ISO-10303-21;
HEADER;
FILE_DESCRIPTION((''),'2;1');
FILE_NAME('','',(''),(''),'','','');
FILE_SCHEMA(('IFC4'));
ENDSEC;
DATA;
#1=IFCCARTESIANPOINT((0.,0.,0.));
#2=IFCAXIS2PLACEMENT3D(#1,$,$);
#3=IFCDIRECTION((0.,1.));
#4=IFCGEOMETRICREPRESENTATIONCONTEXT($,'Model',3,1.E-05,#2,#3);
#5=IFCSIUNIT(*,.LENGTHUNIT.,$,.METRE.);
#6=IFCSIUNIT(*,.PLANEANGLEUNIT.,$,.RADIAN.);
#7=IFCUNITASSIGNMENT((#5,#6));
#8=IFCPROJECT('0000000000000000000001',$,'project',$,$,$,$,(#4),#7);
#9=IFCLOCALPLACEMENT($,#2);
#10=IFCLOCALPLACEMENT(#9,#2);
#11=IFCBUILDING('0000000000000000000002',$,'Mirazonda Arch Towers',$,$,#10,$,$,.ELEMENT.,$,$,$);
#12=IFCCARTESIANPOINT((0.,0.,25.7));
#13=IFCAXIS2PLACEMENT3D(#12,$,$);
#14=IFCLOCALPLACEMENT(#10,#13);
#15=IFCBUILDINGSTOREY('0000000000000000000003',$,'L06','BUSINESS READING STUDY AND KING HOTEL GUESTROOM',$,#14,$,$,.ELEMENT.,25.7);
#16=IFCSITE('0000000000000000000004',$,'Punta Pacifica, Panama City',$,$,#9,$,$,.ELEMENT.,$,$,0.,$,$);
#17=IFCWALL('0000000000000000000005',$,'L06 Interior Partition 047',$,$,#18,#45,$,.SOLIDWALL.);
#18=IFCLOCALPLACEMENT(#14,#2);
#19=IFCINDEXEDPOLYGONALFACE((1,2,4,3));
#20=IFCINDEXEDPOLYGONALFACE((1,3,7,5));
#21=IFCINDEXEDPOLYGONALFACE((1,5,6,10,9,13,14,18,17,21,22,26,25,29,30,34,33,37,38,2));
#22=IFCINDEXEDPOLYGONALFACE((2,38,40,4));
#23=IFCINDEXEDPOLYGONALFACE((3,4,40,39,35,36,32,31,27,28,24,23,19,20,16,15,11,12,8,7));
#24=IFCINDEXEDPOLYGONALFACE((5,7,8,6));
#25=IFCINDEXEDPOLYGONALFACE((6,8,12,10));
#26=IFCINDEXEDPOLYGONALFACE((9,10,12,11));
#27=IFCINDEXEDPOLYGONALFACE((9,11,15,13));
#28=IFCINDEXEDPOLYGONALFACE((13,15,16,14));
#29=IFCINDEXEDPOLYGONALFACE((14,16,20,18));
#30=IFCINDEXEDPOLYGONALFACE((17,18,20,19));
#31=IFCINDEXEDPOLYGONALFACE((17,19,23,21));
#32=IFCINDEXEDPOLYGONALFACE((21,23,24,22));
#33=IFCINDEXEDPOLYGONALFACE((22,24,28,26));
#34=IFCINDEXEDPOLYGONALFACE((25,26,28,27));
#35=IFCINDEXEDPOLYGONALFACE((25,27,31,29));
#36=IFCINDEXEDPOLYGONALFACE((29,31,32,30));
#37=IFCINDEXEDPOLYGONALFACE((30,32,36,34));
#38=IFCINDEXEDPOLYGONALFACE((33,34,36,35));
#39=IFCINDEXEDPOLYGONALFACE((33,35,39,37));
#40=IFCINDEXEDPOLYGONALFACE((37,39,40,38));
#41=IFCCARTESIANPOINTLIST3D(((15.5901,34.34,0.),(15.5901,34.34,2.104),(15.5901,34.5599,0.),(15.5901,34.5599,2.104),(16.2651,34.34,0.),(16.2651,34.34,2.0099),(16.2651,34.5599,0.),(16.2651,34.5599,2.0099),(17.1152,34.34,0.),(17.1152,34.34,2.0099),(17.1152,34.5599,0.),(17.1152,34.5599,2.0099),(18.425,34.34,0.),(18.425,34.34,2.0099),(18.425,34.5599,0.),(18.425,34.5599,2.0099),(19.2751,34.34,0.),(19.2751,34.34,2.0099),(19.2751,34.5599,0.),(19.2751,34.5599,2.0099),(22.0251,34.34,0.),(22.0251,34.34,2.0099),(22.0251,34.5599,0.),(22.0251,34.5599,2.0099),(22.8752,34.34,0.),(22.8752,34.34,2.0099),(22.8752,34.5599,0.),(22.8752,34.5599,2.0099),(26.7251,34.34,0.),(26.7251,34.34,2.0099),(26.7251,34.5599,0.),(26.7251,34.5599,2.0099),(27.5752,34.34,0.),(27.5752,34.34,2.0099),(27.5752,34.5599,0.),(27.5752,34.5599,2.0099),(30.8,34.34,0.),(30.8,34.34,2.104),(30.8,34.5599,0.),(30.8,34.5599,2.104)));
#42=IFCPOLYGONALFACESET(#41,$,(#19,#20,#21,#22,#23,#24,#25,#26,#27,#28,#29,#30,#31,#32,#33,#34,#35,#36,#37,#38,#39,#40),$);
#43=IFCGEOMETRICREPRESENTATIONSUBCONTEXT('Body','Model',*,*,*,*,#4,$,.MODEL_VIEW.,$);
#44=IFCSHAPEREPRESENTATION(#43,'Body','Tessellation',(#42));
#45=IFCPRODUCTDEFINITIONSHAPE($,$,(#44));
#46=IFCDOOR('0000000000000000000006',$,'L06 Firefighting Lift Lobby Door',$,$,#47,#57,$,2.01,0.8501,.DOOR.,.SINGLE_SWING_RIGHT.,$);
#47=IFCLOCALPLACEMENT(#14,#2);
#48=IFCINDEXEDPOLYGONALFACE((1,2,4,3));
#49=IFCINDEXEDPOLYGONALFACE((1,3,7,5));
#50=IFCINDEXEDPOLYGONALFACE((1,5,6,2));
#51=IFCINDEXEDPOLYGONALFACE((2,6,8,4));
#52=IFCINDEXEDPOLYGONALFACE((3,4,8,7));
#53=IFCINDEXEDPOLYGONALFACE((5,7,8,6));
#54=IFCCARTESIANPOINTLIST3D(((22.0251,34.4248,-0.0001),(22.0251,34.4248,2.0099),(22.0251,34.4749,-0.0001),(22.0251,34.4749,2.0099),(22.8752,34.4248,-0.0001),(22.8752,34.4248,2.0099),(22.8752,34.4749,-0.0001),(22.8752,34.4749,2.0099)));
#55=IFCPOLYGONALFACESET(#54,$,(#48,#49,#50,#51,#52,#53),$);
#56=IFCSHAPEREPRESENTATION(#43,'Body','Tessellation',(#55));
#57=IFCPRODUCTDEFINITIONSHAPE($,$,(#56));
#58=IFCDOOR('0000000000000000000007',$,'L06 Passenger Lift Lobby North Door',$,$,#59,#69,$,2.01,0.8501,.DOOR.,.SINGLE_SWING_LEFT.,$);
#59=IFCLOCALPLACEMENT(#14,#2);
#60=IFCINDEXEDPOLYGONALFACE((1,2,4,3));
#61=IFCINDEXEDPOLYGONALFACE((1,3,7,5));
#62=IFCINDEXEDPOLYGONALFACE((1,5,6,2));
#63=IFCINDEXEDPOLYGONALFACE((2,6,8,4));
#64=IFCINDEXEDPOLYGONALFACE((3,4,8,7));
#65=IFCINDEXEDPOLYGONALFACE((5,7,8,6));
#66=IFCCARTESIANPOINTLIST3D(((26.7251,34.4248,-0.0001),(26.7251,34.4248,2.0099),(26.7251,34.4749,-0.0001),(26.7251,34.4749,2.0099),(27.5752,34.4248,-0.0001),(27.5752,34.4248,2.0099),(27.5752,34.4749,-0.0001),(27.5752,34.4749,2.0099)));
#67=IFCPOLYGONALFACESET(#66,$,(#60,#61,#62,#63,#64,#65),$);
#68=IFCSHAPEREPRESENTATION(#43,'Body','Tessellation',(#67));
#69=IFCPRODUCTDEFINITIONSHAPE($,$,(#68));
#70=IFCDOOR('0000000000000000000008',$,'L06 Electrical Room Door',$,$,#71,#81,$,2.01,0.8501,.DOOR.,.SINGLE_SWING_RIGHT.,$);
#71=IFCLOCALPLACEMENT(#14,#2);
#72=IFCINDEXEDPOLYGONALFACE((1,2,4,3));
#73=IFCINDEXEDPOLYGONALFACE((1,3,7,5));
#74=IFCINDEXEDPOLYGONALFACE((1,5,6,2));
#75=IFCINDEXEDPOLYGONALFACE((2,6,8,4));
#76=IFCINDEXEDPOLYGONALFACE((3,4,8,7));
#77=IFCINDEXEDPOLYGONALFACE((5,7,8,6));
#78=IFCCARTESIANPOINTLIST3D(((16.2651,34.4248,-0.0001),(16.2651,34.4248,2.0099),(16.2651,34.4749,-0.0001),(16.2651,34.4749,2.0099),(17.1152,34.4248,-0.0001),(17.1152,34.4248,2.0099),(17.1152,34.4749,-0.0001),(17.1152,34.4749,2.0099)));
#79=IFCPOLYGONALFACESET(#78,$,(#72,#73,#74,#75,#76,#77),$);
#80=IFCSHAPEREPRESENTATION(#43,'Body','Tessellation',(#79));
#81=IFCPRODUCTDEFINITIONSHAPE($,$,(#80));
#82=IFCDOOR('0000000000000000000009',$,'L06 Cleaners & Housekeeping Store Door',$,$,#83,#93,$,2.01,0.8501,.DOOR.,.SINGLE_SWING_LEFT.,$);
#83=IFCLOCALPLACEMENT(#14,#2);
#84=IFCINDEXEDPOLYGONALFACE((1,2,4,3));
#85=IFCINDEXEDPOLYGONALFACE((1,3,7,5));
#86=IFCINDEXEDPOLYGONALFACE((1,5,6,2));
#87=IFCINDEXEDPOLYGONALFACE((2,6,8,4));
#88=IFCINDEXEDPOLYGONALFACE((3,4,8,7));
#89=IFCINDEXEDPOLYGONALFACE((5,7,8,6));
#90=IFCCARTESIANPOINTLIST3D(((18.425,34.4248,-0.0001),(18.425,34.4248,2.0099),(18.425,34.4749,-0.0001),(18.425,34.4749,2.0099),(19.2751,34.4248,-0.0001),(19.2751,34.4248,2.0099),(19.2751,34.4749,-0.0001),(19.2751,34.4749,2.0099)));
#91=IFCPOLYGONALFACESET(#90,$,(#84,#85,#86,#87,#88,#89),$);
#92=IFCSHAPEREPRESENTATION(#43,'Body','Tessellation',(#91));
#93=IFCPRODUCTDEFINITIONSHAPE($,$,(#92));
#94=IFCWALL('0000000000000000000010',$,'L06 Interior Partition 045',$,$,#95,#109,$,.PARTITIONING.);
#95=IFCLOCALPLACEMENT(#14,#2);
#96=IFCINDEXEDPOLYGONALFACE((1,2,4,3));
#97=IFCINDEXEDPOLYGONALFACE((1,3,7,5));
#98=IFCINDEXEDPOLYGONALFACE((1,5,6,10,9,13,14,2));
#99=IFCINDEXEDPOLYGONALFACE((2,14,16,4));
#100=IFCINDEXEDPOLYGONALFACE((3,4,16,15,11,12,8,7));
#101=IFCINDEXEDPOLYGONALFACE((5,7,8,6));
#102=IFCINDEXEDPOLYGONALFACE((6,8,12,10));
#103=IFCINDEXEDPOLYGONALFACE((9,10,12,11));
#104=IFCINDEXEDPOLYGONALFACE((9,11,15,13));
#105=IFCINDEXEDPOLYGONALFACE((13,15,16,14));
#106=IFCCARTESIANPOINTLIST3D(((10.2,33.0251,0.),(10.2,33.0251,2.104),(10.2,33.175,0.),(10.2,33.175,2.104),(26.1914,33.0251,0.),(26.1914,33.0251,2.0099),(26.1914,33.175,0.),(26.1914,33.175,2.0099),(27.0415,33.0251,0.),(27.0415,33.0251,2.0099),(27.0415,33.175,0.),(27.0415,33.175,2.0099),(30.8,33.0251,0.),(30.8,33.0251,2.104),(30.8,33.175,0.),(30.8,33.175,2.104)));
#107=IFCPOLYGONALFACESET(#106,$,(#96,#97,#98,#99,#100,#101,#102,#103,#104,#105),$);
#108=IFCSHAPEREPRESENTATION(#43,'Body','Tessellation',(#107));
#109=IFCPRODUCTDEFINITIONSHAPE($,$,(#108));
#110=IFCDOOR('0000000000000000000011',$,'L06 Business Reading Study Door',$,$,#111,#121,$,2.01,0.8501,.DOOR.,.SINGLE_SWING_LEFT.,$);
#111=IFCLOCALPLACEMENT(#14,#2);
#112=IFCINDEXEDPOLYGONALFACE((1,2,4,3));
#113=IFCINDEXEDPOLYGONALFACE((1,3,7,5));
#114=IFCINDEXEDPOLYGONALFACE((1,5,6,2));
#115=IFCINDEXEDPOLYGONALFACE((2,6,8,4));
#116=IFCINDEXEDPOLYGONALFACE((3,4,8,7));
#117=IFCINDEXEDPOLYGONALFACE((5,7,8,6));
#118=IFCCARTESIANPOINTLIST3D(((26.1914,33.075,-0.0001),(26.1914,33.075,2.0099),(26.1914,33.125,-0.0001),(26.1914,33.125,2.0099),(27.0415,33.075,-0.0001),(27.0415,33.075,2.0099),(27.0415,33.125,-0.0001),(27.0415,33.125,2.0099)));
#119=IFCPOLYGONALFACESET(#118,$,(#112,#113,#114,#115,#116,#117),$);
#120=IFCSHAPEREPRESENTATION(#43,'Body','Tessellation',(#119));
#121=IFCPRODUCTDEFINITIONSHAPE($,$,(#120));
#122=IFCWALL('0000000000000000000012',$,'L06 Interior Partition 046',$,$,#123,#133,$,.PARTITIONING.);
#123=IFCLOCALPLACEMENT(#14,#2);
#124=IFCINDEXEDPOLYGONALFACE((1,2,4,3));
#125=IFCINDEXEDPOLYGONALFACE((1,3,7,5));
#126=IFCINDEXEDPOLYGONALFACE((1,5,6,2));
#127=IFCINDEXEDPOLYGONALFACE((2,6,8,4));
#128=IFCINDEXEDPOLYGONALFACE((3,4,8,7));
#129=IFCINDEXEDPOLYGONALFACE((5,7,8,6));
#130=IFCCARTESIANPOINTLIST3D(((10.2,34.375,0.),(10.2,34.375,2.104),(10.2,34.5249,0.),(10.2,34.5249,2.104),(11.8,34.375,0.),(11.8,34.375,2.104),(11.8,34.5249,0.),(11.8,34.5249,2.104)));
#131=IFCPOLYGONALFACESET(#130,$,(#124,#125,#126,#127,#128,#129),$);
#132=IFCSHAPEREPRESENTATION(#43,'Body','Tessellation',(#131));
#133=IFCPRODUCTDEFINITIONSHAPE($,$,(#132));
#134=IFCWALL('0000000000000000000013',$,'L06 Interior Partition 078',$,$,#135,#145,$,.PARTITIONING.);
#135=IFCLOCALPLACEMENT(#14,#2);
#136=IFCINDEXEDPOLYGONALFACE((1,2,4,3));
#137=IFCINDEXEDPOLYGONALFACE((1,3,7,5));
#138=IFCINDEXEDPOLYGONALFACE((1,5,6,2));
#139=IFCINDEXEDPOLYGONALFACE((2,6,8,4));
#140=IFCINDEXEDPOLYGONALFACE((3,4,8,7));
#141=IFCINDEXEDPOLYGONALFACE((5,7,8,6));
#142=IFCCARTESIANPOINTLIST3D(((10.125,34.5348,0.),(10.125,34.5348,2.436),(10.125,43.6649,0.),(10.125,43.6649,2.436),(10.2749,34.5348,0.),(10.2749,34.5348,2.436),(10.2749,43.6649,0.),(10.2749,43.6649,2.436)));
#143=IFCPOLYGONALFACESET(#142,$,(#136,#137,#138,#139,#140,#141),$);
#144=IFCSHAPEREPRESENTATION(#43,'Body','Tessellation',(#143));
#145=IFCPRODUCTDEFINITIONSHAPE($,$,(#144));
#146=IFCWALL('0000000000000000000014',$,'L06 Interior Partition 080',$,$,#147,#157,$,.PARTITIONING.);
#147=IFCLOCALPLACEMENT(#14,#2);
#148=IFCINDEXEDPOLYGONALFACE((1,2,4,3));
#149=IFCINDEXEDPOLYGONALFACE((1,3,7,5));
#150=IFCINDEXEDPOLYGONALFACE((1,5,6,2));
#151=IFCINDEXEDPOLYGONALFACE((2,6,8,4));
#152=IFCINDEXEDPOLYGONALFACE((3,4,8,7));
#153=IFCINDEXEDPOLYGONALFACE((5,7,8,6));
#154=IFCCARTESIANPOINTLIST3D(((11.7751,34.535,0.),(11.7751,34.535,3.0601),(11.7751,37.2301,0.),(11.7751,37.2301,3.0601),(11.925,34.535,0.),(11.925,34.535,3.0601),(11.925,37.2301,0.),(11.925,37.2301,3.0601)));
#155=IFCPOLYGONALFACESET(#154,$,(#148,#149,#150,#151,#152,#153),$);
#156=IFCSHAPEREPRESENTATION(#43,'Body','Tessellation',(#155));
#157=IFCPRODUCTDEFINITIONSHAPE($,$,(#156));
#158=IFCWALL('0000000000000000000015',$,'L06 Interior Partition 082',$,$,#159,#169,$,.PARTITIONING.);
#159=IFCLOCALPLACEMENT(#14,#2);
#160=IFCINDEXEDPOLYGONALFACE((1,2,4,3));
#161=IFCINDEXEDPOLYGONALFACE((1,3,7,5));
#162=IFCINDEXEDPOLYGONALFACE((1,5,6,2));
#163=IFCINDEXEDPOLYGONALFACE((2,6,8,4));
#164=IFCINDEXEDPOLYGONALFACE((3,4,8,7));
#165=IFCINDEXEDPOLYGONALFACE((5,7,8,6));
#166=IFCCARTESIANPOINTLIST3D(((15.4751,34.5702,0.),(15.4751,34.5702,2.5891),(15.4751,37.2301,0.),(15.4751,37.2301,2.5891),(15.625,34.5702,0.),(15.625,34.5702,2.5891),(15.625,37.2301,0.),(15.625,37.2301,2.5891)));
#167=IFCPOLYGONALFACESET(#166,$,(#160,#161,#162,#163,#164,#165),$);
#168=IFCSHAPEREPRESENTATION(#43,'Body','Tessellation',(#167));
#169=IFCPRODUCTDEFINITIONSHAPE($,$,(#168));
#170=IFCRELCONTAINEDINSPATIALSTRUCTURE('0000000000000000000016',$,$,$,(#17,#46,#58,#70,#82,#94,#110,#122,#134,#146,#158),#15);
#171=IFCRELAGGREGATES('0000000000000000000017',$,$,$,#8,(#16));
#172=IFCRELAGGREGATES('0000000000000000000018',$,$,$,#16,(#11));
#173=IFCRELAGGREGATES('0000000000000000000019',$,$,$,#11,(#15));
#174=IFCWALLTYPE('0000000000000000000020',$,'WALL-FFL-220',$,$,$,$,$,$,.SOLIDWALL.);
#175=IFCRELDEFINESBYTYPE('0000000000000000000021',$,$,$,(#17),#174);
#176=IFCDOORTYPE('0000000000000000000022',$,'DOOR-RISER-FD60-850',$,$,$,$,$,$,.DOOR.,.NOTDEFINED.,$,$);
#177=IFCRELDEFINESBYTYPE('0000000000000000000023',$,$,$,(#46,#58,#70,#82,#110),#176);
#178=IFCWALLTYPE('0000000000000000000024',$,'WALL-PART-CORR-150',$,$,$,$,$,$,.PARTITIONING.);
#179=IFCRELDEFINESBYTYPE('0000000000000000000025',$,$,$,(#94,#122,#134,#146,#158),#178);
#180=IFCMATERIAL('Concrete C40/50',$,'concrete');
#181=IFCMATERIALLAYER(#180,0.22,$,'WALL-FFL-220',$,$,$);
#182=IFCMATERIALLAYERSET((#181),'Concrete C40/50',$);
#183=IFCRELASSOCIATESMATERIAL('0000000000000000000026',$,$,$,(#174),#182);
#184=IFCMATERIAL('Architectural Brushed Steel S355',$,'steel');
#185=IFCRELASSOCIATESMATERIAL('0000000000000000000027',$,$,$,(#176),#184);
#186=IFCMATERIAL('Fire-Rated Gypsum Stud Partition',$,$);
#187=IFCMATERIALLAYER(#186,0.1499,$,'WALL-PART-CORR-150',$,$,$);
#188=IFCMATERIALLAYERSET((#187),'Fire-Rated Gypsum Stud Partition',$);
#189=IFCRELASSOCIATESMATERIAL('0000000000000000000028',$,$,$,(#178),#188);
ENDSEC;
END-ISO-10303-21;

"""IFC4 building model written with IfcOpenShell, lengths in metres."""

from ifc_helpers import new_model, si_unit, direction, frame, frame_2d, origin, place, context, subcontext, project, spatial, rectangle, extrude, material, layer, layer_set, type_object, element, fill, save


model = new_model("IFC4")

# Units and contexts
model_context = context("Model", 3, precision=1e-05, world=origin(), true_north=direction((0.0, 1.0)))
body_context = subcontext(model_context, "Body", "Model", "MODEL_VIEW")
ifc_project = project(units=[si_unit("LENGTHUNIT", "METRE"), si_unit("PLANEANGLEUNIT", "RADIAN")], contexts=[model_context])

# Site, building, storey
site_placement = place(None, origin())
site = spatial("IfcSite", under=ifc_project, at=site_placement, Name="Punta Pacifica, Panama City", CompositionType="ELEMENT", RefElevation=0.0)
building_placement = place(site_placement, origin())
building = spatial("IfcBuilding", under=site, at=building_placement, Name="Mirazonda Arch Towers", CompositionType="ELEMENT")
storey_placement = place(building_placement, frame((0.0, 0.0, 25.7)))
storey = spatial("IfcBuildingStorey", under=building, at=storey_placement, Name="L06", Description="BUSINESS READING STUDY AND KING HOTEL GUESTROOM", CompositionType="ELEMENT", Elevation=25.7)

# Wall, openings, doors
ifc_material_1 = material(Name="Architectural Brushed Steel S355", Category="steel")
ifc_material_2 = material(Name="Concrete C40/50", Category="concrete")
ifc_layer_1 = layer(ifc_material_2, 0.22, Name="WALL-FFL-220")
ifc_layer_set_1 = layer_set([ifc_layer_1], Name="Concrete C40/50")
wall_type_1 = type_object("IfcWallType", Name="WALL-FFL-220", PredefinedType="SOLIDWALL", material=ifc_layer_set_1)
wall_1_placement = place(storey_placement, frame((15.5901, 34.45, 0.0), z_axis=(0.0, 0.0, 1.0), x_axis=(1.0, 0.0, 0.0)))
wall_1 = element("IfcWall", 1, at=wall_1_placement, inside=storey, type_object=wall_type_1, Name="L06 Interior Partition 047", PredefinedType="SOLIDWALL", context=body_context, shape_type="SweptSolid", body=[
    extrude(rectangle(XDim=15.21, YDim=0.22, at=frame_2d((7.605, 0.0))), origin(), (0.0, 0.0, 1.0), 2.104),
])
opening_1_placement = place(wall_1_placement, frame((6.4351, 0.0, 0.0)))
opening_1 = element("IfcOpeningElement", 2, at=opening_1_placement, cuts=wall_1, PredefinedType="OPENING", context=body_context, shape_type="SweptSolid", body=[
    extrude(rectangle(XDim=0.8501, YDim=2.01, at=frame_2d((0.425, 1.0049))), frame((0.0, 0.1199, 0.0), z_axis=(0.0, -1.0, 0.0), x_axis=(1.0, 0.0, 0.0)), (0.0, 0.0, 1.0), 0.24),
])
opening_2_placement = place(wall_1_placement, frame((11.135, 0.0, 0.0)))
opening_2 = element("IfcOpeningElement", 3, at=opening_2_placement, cuts=wall_1, PredefinedType="OPENING", context=body_context, shape_type="SweptSolid", body=[
    extrude(rectangle(XDim=0.8501, YDim=2.01, at=frame_2d((0.425, 1.0049))), frame((0.0, 0.1199, 0.0), z_axis=(0.0, -1.0, 0.0), x_axis=(1.0, 0.0, 0.0)), (0.0, 0.0, 1.0), 0.24),
])
opening_3_placement = place(wall_1_placement, frame((0.675, 0.0, 0.0)))
opening_3 = element("IfcOpeningElement", 4, at=opening_3_placement, cuts=wall_1, PredefinedType="OPENING", context=body_context, shape_type="SweptSolid", body=[
    extrude(rectangle(XDim=0.8501, YDim=2.01, at=frame_2d((0.425, 1.0049))), frame((0.0, 0.1199, 0.0), z_axis=(0.0, -1.0, 0.0), x_axis=(1.0, 0.0, 0.0)), (0.0, 0.0, 1.0), 0.24),
])
opening_4_placement = place(wall_1_placement, frame((2.835, 0.0, 0.0)))
opening_4 = element("IfcOpeningElement", 5, at=opening_4_placement, cuts=wall_1, PredefinedType="OPENING", context=body_context, shape_type="SweptSolid", body=[
    extrude(rectangle(XDim=0.8501, YDim=2.01, at=frame_2d((0.425, 1.0049))), frame((0.0, 0.1199, 0.0), z_axis=(0.0, -1.0, 0.0), x_axis=(1.0, 0.0, 0.0)), (0.0, 0.0, 1.0), 0.24),
])
door_type_1 = type_object("IfcDoorType", Name="DOOR-RISER-FD60-850", OperationType="NOTDEFINED", PredefinedType="DOOR", material=ifc_material_1)
door_1_placement = place(opening_1_placement, origin())
door_1 = element("IfcDoor", 6, at=door_1_placement, inside=storey, type_object=door_type_1, Name="L06 Firefighting Lift Lobby Door", OperationType="SINGLE_SWING_RIGHT", OverallHeight=2.01, OverallWidth=0.8501, PredefinedType="DOOR", context=body_context, shape_type="SweptSolid", body=[
    extrude(rectangle(XDim=0.8501, YDim=2.01, at=frame_2d((0.425, 1.0049))), frame((0.0, 0.0249, 0.0), z_axis=(0.0, -1.0, 0.0), x_axis=(1.0, 0.0, 0.0)), (0.0, 0.0, 1.0), 0.05),
])
fill(opening_1, door_1)
door_2_placement = place(opening_2_placement, origin())
door_2 = element("IfcDoor", 7, at=door_2_placement, inside=storey, type_object=door_type_1, Name="L06 Passenger Lift Lobby North Door", OperationType="SINGLE_SWING_LEFT", OverallHeight=2.01, OverallWidth=0.8501, PredefinedType="DOOR", context=body_context, shape_type="SweptSolid", body=[
    extrude(rectangle(XDim=0.8501, YDim=2.01, at=frame_2d((0.425, 1.0049))), frame((0.0, 0.0249, 0.0), z_axis=(0.0, -1.0, 0.0), x_axis=(1.0, 0.0, 0.0)), (0.0, 0.0, 1.0), 0.05),
])
fill(opening_2, door_2)
door_3_placement = place(opening_3_placement, origin())
door_3 = element("IfcDoor", 8, at=door_3_placement, inside=storey, type_object=door_type_1, Name="L06 Electrical Room Door", OperationType="SINGLE_SWING_RIGHT", OverallHeight=2.01, OverallWidth=0.8501, PredefinedType="DOOR", context=body_context, shape_type="SweptSolid", body=[
    extrude(rectangle(XDim=0.8501, YDim=2.01, at=frame_2d((0.425, 1.0049))), frame((0.0, 0.0249, 0.0), z_axis=(0.0, -1.0, 0.0), x_axis=(1.0, 0.0, 0.0)), (0.0, 0.0, 1.0), 0.05),
])
fill(opening_3, door_3)
door_4_placement = place(opening_4_placement, origin())
door_4 = element("IfcDoor", 9, at=door_4_placement, inside=storey, type_object=door_type_1, Name="L06 Cleaners & Housekeeping Store Door", OperationType="SINGLE_SWING_LEFT", OverallHeight=2.01, OverallWidth=0.8501, PredefinedType="DOOR", context=body_context, shape_type="SweptSolid", body=[
    extrude(rectangle(XDim=0.8501, YDim=2.01, at=frame_2d((0.425, 1.0049))), frame((0.0, 0.0249, 0.0), z_axis=(0.0, -1.0, 0.0), x_axis=(1.0, 0.0, 0.0)), (0.0, 0.0, 1.0), 0.05),
])
fill(opening_4, door_4)

# Wall, opening, door
ifc_material_3 = material(Name="Fire-Rated Gypsum Stud Partition")
ifc_layer_2 = layer(ifc_material_3, 0.1499, Name="WALL-PART-CORR-150")
ifc_layer_set_2 = layer_set([ifc_layer_2], Name="Fire-Rated Gypsum Stud Partition")
wall_type_2 = type_object("IfcWallType", Name="WALL-PART-CORR-150", PredefinedType="PARTITIONING", material=ifc_layer_set_2)
wall_2_placement = place(storey_placement, frame((10.2, 33.1001, 0.0), z_axis=(0.0, 0.0, 1.0), x_axis=(1.0, 0.0, 0.0)))
wall_2 = element("IfcWall", 10, at=wall_2_placement, inside=storey, type_object=wall_type_2, Name="L06 Interior Partition 045", PredefinedType="PARTITIONING", context=body_context, shape_type="SweptSolid", body=[
    extrude(rectangle(XDim=20.6001, YDim=0.1499, at=frame_2d((10.3, 0.0))), origin(), (0.0, 0.0, 1.0), 2.104),
])
opening_5_placement = place(wall_2_placement, frame((15.9915, 0.0, 0.0)))
opening_5 = element("IfcOpeningElement", 11, at=opening_5_placement, cuts=wall_2, PredefinedType="OPENING", context=body_context, shape_type="SweptSolid", body=[
    extrude(rectangle(XDim=0.8501, YDim=2.01, at=frame_2d((0.425, 1.0049))), frame((0.0, 0.085, 0.0), z_axis=(0.0, -1.0, 0.0), x_axis=(1.0, 0.0, 0.0)), (0.0, 0.0, 1.0), 0.1699),
])
door_5_placement = place(opening_5_placement, origin())
door_5 = element("IfcDoor", 12, at=door_5_placement, inside=storey, type_object=door_type_1, Name="L06 Business Reading Study Door", OperationType="SINGLE_SWING_LEFT", OverallHeight=2.01, OverallWidth=0.8501, PredefinedType="DOOR", context=body_context, shape_type="SweptSolid", body=[
    extrude(rectangle(XDim=0.8501, YDim=2.01, at=frame_2d((0.425, 1.0049))), frame((0.0, 0.0249, 0.0), z_axis=(0.0, -1.0, 0.0), x_axis=(1.0, 0.0, 0.0)), (0.0, 0.0, 1.0), 0.05),
])
fill(opening_5, door_5)

# Walls
wall_3_placement = place(storey_placement, frame((10.2, 34.45, 0.0), z_axis=(0.0, 0.0, 1.0), x_axis=(1.0, 0.0, 0.0)))
element("IfcWall", 13, at=wall_3_placement, inside=storey, type_object=wall_type_2, Name="L06 Interior Partition 046", PredefinedType="PARTITIONING", context=body_context, shape_type="SweptSolid", body=[
    extrude(rectangle(XDim=1.6001, YDim=0.1499, at=frame_2d((0.8, 0.0))), origin(), (0.0, 0.0, 1.0), 2.104),
])
wall_4_placement = place(storey_placement, frame((10.2, 34.5349, 0.0), z_axis=(0.0, 0.0, 1.0), x_axis=(0.0, 1.0, 0.0)))
element("IfcWall", 14, at=wall_4_placement, inside=storey, type_object=wall_type_2, Name="L06 Interior Partition 078", PredefinedType="PARTITIONING", context=body_context, shape_type="SweptSolid", body=[
    extrude(rectangle(XDim=9.1301, YDim=0.1499, at=frame_2d((4.5649, 0.0))), origin(), (0.0, 0.0, 1.0), 2.436),
])
wall_5_placement = place(storey_placement, frame((11.8501, 34.5349, 0.0), z_axis=(0.0, 0.0, 1.0), x_axis=(0.0, 1.0, 0.0)))
element("IfcWall", 15, at=wall_5_placement, inside=storey, type_object=wall_type_2, Name="L06 Interior Partition 080", PredefinedType="PARTITIONING", context=body_context, shape_type="SweptSolid", body=[
    extrude(rectangle(XDim=2.6951, YDim=0.1499, at=frame_2d((1.3477, 0.0))), origin(), (0.0, 0.0, 1.0), 3.0601),
])
wall_6_placement = place(storey_placement, frame((15.55, 34.5701, 0.0), z_axis=(0.0, 0.0, 1.0), x_axis=(0.0, 1.0, 0.0)))
element("IfcWall", 16, at=wall_6_placement, inside=storey, type_object=wall_type_2, Name="L06 Interior Partition 082", PredefinedType="PARTITIONING", context=body_context, shape_type="SweptSolid", body=[
    extrude(rectangle(XDim=2.6599, YDim=0.1499, at=frame_2d((1.3301, 0.0))), origin(), (0.0, 0.0, 1.0), 2.5891),
])

save(model, "model.ifc")
